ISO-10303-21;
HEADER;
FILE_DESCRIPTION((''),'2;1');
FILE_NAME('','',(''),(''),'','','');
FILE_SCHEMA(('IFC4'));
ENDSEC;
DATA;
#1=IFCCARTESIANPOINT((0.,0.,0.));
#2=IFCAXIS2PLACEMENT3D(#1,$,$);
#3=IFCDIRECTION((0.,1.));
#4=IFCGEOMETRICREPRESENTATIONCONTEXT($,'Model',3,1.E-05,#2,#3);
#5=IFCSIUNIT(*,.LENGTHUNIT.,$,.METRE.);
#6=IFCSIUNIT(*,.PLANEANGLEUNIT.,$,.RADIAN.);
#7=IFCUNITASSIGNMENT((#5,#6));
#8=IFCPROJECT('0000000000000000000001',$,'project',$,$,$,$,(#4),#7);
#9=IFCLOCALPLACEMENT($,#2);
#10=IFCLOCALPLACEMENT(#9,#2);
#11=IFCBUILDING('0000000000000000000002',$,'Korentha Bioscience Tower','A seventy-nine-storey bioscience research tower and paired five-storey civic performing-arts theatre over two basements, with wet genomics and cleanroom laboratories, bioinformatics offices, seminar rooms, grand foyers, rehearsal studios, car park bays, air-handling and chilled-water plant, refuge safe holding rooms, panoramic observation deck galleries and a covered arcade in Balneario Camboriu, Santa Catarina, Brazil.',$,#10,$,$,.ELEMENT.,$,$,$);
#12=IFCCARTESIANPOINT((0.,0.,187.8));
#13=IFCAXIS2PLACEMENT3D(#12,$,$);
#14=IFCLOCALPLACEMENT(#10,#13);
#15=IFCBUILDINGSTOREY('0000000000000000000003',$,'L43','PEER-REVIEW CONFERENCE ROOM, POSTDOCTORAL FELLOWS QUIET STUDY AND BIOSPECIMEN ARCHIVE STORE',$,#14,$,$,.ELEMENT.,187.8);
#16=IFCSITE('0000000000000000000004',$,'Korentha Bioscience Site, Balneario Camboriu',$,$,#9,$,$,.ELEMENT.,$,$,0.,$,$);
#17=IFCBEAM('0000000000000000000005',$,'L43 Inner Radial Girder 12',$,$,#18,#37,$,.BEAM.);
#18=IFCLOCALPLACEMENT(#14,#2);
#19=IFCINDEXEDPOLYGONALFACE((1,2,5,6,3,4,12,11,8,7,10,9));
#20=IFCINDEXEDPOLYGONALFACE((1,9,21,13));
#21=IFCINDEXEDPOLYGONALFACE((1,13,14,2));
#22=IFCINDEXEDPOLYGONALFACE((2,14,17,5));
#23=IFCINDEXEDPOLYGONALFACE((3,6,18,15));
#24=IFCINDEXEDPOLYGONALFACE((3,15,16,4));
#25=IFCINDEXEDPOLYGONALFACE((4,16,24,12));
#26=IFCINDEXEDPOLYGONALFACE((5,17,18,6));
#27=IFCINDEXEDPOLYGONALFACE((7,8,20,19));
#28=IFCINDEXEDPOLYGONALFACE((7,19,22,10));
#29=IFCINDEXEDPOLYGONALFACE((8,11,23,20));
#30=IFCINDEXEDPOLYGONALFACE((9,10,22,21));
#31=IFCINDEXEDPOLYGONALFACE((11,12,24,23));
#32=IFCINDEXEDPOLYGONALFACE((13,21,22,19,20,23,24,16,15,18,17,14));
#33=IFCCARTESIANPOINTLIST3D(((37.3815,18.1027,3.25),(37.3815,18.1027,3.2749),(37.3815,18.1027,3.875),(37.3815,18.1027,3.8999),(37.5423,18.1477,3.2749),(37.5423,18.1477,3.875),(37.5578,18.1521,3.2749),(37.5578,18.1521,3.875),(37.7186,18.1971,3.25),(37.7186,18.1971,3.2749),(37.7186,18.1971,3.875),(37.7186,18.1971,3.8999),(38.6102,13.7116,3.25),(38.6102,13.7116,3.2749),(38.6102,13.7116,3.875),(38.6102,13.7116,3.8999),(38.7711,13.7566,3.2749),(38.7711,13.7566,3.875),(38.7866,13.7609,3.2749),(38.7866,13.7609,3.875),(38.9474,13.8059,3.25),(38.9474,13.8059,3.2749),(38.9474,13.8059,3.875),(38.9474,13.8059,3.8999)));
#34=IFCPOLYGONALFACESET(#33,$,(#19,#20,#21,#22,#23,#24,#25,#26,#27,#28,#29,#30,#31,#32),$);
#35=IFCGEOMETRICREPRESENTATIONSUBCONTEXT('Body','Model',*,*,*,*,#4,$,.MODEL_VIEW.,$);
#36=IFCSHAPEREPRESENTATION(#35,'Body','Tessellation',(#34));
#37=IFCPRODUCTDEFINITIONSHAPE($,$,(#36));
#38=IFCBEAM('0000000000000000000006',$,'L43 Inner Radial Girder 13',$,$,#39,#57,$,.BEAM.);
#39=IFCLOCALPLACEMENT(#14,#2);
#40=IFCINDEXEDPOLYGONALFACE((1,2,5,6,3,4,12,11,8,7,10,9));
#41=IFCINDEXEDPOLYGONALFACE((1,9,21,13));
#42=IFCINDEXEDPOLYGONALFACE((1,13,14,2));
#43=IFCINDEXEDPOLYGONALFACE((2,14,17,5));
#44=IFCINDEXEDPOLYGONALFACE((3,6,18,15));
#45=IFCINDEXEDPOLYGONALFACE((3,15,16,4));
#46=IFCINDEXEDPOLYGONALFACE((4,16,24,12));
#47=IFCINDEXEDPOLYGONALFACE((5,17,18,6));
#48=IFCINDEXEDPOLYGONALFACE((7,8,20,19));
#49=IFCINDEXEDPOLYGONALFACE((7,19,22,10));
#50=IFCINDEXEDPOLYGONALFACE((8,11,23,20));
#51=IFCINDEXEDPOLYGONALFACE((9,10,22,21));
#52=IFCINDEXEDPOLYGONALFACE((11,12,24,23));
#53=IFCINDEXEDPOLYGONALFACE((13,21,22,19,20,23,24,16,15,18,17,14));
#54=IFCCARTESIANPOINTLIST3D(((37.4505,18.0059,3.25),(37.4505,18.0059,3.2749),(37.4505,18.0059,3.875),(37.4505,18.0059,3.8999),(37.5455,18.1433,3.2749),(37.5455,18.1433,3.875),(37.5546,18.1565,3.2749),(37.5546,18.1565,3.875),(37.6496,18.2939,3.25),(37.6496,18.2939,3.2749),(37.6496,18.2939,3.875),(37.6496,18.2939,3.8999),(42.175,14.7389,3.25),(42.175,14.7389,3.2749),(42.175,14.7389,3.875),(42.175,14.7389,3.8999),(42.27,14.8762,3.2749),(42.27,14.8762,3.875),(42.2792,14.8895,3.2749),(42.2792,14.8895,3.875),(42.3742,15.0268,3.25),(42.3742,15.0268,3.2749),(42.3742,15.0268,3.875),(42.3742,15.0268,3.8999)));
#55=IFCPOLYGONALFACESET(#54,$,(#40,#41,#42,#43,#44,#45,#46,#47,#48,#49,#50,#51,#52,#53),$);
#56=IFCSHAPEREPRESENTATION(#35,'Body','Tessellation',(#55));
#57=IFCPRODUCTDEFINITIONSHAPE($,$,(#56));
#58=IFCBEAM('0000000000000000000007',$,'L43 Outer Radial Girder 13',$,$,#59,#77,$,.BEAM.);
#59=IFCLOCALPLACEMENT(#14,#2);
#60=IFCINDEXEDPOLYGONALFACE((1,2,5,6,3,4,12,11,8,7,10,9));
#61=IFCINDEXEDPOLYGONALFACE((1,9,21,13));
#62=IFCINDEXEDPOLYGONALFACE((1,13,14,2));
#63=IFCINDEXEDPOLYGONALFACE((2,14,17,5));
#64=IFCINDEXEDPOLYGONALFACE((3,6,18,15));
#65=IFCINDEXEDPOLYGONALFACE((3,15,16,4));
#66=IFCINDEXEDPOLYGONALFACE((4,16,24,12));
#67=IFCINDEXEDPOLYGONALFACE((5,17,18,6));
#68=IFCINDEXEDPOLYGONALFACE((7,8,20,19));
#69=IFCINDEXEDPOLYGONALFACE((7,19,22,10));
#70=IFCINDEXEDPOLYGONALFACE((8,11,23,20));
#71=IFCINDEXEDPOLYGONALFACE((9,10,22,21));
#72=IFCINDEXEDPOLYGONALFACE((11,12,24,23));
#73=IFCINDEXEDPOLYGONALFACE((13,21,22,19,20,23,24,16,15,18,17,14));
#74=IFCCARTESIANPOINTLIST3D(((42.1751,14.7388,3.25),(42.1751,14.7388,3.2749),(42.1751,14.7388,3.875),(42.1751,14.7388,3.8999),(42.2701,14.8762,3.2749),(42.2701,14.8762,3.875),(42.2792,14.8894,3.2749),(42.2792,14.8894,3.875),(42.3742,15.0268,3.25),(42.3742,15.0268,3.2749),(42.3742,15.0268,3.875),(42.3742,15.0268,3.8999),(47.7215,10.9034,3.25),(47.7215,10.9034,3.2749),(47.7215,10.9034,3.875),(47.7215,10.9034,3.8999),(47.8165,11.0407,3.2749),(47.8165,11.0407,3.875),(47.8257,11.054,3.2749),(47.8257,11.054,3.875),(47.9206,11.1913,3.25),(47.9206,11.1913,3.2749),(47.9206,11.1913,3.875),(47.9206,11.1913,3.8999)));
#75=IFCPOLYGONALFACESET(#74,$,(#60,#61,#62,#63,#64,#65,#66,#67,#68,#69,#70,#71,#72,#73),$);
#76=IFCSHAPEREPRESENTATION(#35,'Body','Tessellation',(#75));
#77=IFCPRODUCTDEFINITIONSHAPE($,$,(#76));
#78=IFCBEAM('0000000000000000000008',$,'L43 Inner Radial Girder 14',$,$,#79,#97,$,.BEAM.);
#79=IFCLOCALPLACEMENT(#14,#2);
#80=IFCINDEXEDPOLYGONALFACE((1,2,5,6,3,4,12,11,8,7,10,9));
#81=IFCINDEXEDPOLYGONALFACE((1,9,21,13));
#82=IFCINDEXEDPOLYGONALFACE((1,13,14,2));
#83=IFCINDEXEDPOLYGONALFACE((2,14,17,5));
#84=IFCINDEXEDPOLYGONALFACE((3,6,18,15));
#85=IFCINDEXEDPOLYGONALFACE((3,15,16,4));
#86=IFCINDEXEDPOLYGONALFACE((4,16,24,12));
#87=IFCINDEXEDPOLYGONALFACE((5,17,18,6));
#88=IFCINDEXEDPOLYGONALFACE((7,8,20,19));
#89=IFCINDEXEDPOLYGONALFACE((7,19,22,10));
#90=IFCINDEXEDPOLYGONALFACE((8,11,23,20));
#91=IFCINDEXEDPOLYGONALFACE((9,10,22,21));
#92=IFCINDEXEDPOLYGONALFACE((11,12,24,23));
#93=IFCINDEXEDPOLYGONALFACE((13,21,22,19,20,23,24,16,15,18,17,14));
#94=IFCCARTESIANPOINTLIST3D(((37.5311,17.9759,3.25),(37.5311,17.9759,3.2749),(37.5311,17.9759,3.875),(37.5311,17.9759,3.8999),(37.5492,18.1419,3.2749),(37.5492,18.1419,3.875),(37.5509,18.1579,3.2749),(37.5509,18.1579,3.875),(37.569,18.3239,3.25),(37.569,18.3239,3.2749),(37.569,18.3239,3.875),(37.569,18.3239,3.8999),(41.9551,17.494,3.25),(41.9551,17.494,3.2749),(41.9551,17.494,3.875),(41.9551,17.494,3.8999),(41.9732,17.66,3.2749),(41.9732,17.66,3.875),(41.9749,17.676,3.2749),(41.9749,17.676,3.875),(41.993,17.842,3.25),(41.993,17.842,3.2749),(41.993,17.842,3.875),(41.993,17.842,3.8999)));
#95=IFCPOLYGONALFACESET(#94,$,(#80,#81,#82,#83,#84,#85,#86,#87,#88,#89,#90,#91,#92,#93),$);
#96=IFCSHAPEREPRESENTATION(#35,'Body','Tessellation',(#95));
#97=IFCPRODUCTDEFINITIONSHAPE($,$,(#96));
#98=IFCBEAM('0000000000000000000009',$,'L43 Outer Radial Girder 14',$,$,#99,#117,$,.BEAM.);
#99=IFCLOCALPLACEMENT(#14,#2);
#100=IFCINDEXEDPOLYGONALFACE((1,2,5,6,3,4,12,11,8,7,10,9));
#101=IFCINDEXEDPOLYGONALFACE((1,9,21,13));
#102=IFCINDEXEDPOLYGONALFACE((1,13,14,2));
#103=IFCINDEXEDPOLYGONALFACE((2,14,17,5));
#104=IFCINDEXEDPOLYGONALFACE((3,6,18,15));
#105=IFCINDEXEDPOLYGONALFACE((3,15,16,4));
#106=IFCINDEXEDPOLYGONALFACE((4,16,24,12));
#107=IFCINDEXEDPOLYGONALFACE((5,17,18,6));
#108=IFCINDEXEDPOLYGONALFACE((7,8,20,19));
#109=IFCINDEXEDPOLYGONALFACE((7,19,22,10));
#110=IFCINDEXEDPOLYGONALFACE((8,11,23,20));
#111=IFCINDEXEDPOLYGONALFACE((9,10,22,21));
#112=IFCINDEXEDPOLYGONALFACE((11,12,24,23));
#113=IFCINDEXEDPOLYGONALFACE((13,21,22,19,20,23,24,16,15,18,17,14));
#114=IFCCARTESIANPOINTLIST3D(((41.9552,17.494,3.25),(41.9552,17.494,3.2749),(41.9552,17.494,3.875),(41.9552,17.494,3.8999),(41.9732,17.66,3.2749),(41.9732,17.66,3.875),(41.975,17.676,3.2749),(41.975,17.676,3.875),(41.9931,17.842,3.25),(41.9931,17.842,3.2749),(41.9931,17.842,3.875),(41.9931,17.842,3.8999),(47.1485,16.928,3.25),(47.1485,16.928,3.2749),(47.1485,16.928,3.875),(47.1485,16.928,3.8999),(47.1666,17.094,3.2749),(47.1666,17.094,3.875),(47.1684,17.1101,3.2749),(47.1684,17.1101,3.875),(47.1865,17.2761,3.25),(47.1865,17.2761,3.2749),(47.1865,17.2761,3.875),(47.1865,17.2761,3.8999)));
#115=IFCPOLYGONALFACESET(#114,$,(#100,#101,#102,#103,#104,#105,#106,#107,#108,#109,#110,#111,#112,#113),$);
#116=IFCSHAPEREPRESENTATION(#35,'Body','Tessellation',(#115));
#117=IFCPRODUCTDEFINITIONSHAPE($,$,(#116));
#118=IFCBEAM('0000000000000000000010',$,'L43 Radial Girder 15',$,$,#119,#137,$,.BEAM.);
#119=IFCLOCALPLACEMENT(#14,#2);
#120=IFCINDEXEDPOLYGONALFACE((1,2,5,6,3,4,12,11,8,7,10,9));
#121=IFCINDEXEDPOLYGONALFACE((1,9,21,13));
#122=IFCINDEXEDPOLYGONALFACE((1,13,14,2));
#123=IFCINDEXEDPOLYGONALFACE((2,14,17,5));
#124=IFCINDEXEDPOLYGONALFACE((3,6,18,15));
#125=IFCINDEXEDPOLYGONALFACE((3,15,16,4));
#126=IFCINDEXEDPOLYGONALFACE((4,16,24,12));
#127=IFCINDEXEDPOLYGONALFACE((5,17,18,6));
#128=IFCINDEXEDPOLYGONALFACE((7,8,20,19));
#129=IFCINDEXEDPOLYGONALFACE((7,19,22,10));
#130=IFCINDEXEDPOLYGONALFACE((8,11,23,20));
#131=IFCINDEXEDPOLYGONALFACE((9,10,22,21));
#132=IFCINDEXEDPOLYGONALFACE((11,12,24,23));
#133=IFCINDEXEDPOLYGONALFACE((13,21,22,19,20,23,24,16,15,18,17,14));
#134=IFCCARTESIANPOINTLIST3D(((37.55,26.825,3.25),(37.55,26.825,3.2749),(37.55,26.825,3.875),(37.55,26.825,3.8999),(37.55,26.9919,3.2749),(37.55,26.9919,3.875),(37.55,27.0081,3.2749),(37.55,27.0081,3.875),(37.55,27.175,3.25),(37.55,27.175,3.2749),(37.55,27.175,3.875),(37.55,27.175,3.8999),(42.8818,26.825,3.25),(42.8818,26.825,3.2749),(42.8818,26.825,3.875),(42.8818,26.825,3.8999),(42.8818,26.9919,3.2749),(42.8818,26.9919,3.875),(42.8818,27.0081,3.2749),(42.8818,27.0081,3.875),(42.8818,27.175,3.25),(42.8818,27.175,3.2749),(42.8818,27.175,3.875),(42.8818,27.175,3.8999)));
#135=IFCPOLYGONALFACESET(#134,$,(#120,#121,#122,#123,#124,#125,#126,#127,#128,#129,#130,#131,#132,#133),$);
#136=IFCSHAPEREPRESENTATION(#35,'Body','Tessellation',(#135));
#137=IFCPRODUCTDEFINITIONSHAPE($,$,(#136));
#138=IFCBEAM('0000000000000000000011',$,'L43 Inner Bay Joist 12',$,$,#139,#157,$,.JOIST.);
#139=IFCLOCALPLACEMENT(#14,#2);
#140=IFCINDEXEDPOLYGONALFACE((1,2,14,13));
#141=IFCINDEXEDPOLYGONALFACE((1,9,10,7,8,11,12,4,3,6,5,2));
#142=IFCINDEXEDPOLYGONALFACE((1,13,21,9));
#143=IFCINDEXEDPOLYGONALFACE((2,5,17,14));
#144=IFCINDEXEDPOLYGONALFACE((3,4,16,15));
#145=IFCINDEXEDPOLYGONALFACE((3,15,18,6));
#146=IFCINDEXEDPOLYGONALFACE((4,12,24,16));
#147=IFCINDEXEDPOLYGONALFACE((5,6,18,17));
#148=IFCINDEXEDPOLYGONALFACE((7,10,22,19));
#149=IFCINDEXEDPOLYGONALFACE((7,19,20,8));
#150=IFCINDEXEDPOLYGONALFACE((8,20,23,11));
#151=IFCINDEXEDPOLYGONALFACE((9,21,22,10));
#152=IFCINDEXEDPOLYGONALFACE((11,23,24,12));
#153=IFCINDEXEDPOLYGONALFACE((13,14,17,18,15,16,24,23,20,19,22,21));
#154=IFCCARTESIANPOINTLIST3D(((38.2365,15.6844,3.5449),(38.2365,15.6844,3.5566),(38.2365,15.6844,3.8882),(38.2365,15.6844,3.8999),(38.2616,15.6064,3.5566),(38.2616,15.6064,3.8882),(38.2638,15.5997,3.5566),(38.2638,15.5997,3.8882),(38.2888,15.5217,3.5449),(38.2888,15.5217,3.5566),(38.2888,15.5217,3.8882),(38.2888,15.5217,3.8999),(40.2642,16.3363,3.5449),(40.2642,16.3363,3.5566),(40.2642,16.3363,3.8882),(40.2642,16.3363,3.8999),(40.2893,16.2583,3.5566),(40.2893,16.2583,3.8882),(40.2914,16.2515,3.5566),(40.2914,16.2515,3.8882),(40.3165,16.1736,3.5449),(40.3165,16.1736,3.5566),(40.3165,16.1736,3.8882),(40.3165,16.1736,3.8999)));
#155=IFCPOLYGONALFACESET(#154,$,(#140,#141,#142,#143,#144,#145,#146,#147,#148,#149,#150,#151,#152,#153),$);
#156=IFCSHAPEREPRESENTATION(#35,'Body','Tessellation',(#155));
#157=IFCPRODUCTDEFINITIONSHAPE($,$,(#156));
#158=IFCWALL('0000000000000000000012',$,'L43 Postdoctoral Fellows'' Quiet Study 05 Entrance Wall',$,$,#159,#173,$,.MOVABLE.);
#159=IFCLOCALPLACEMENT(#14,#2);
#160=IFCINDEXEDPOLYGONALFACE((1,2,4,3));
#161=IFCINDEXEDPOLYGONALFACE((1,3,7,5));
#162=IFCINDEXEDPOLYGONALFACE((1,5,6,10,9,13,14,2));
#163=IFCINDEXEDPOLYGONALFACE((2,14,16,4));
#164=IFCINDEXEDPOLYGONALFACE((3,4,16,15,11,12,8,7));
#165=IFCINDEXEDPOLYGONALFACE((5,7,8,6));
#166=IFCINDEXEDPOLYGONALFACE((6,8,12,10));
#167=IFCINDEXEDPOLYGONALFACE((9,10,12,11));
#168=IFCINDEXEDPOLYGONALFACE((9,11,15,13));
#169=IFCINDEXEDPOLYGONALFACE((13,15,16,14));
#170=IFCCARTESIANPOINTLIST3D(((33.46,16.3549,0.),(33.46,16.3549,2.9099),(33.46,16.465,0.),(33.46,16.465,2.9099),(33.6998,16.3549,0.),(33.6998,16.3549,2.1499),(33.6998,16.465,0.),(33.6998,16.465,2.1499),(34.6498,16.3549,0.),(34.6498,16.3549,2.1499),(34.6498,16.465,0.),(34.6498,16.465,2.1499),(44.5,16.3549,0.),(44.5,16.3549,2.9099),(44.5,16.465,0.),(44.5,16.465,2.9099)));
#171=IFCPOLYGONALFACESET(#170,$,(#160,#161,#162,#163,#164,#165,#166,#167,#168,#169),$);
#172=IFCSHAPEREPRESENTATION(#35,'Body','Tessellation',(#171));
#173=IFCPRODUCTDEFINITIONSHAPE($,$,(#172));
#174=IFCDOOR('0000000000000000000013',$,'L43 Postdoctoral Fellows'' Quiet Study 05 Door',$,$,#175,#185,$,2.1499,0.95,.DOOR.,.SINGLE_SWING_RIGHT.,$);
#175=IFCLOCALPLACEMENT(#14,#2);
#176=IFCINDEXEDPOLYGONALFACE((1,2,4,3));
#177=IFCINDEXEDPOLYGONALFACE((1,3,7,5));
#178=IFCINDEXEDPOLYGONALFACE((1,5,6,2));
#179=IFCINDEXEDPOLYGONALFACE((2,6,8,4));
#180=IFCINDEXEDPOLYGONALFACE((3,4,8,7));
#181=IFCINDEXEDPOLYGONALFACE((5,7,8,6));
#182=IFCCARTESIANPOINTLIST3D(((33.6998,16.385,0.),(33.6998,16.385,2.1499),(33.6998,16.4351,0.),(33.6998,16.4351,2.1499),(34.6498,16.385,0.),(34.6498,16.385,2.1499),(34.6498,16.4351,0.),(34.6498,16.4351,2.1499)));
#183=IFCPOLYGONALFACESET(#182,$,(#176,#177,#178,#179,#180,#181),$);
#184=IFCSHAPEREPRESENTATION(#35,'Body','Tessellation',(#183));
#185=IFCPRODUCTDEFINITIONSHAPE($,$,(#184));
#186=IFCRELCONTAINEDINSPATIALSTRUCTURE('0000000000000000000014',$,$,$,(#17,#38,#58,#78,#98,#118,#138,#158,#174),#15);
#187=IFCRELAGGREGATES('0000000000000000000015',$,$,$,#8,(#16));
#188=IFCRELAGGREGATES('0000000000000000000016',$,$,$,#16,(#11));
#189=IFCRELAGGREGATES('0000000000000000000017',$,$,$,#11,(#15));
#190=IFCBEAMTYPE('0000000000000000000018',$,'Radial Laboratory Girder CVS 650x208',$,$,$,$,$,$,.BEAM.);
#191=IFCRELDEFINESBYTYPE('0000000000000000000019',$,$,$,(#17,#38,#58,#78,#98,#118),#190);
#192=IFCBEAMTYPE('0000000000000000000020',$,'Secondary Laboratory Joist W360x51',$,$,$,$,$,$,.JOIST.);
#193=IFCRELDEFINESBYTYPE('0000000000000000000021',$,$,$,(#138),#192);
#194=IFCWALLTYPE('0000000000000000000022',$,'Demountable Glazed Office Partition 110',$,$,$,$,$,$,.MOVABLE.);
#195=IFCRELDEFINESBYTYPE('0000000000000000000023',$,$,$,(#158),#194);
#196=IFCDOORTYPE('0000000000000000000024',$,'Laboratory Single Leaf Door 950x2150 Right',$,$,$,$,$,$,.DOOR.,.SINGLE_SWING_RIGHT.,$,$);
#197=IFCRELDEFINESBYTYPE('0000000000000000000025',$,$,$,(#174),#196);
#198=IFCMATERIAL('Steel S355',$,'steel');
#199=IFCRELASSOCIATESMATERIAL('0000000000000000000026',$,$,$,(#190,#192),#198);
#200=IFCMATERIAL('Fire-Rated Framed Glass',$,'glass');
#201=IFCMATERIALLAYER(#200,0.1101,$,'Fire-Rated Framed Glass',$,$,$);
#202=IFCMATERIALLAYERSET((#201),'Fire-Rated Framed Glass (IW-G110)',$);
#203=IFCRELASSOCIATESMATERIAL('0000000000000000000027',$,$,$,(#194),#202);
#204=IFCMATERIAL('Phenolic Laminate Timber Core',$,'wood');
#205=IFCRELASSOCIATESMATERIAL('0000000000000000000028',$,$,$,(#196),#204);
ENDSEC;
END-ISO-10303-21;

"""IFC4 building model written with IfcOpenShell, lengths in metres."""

from ifc_helpers import new_model, si_unit, direction, frame, frame_2d, origin, origin_2d, place, context, subcontext, project, spatial, rectangle, i_section, extrude, material, layer, layer_set, material_profile, profile_set, type_object, element, fill, save


model = new_model("IFC4")

# Units and contexts
model_context = context("Model", 3, precision=1e-05, world=origin(), true_north=direction((0.0, 1.0)))
body_context = subcontext(model_context, "Body", "Model", "MODEL_VIEW")
ifc_project = project(units=[si_unit("LENGTHUNIT", "METRE"), si_unit("PLANEANGLEUNIT", "RADIAN")], contexts=[model_context])

# Site, building, storey
site_placement = place(None, origin())
site = spatial("IfcSite", under=ifc_project, at=site_placement, Name="Korentha Bioscience Site, Balneario Camboriu", CompositionType="ELEMENT", RefElevation=0.0)
building_placement = place(site_placement, origin())
building = spatial("IfcBuilding", under=site, at=building_placement, Name="Korentha Bioscience Tower", Description="A seventy-nine-storey bioscience research tower and paired five-storey civic performing-arts theatre over two basements, with wet genomics and cleanroom laboratories, bioinformatics offices, seminar rooms, grand foyers, rehearsal studios, car park bays, air-handling and chilled-water plant, refuge safe holding rooms, panoramic observation deck galleries and a covered arcade in Balneario Camboriu, Santa Catarina, Brazil.", CompositionType="ELEMENT")
storey_placement = place(building_placement, frame((0.0, 0.0, 187.8)))
storey = spatial("IfcBuildingStorey", under=building, at=storey_placement, Name="L43", Description="PEER-REVIEW CONFERENCE ROOM, POSTDOCTORAL FELLOWS QUIET STUDY AND BIOSPECIMEN ARCHIVE STORE", CompositionType="ELEMENT", Elevation=187.8)

# Beams
ifc_material_1 = material(Name="Steel S355", Category="steel")
ifc_material_profile_1 = material_profile(ifc_material_1, i_section(OverallWidth=0.3501, OverallDepth=0.6499, WebThickness=0.0161, FlangeThickness=0.0249, at=origin_2d()), Name="Steel S355")
ifc_profile_set_1 = profile_set([ifc_material_profile_1], Name="Steel S355 (RB-650)")
beam_type_1 = type_object("IfcBeamType", Name="Radial Laboratory Girder CVS 650x208", PredefinedType="BEAM", material=ifc_profile_set_1)
beam_1_placement = place(storey_placement, frame((37.55, 18.1499, 3.575), z_axis=(0.269477, -0.963007, 0.0), x_axis=(0.963007, 0.269477, 0.0)))
element("IfcBeam", 1, at=beam_1_placement, inside=storey, type_object=beam_type_1, Name="L43 Inner Radial Girder 12", PredefinedType="BEAM", context=body_context, shape_type="SweptSolid", body=[
    extrude(i_section(OverallWidth=0.3501, OverallDepth=0.6499, WebThickness=0.0161, FlangeThickness=0.0249, at=origin_2d()), origin(), (0.0, 0.0, 1.0), 4.5598),
])
beam_2_placement = place(storey_placement, frame((37.55, 18.1499, 3.575), z_axis=(0.822501, -0.568763, 0.0), x_axis=(0.568763, 0.822501, 0.0)))
element("IfcBeam", 2, at=beam_2_placement, inside=storey, type_object=beam_type_1, Name="L43 Inner Radial Girder 13", PredefinedType="BEAM", context=body_context, shape_type="SweptSolid", body=[
    extrude(i_section(OverallWidth=0.3501, OverallDepth=0.6499, WebThickness=0.0161, FlangeThickness=0.0249, at=origin_2d()), origin(), (0.0, 0.0, 1.0), 5.7441),
])
beam_3_placement = place(storey_placement, frame((42.2747, 14.8828, 3.575), z_axis=(0.822494, -0.568773, 0.0), x_axis=(0.568773, 0.822494, 0.0)))
element("IfcBeam", 3, at=beam_3_placement, inside=storey, type_object=beam_type_1, Name="L43 Outer Radial Girder 13", PredefinedType="BEAM", context=body_context, shape_type="SweptSolid", body=[
    extrude(i_section(OverallWidth=0.3501, OverallDepth=0.6499, WebThickness=0.0161, FlangeThickness=0.0249, at=origin_2d()), origin(), (0.0, 0.0, 1.0), 6.7434),
])
beam_4_placement = place(storey_placement, frame((37.55, 18.1499, 3.575), z_axis=(0.994119, -0.108294, 0.0), x_axis=(0.108294, 0.994119, 0.0)))
element("IfcBeam", 4, at=beam_4_placement, inside=storey, type_object=beam_type_1, Name="L43 Inner Radial Girder 14", PredefinedType="BEAM", context=body_context, shape_type="SweptSolid", body=[
    extrude(i_section(OverallWidth=0.3501, OverallDepth=0.6499, WebThickness=0.0161, FlangeThickness=0.0249, at=origin_2d()), origin(), (0.0, 0.0, 1.0), 4.4502),
])
beam_5_placement = place(storey_placement, frame((41.9741, 17.668, 3.575), z_axis=(0.994115, -0.108328, 0.0), x_axis=(0.108328, 0.994115, 0.0)))
element("IfcBeam", 5, at=beam_5_placement, inside=storey, type_object=beam_type_1, Name="L43 Outer Radial Girder 14", PredefinedType="BEAM", context=body_context, shape_type="SweptSolid", body=[
    extrude(i_section(OverallWidth=0.3501, OverallDepth=0.6499, WebThickness=0.0161, FlangeThickness=0.0249, at=origin_2d()), origin(), (0.0, 0.0, 1.0), 5.2241),
])
beam_6_placement = place(storey_placement, frame((37.55, 27.0, 3.575), z_axis=(1.0, 0.0, 0.0), x_axis=(0.0, 1.0, 0.0)))
element("IfcBeam", 6, at=beam_6_placement, inside=storey, type_object=beam_type_1, Name="L43 Radial Girder 15", PredefinedType="BEAM", context=body_context, shape_type="SweptSolid", body=[
    extrude(i_section(OverallWidth=0.3501, OverallDepth=0.6499, WebThickness=0.0161, FlangeThickness=0.0249, at=origin_2d()), origin(), (0.0, 0.0, 1.0), 5.3318),
])
ifc_material_profile_2 = material_profile(ifc_material_1, i_section(OverallWidth=0.1709, OverallDepth=0.355, WebThickness=0.0071, FlangeThickness=0.0117, at=origin_2d()), Name="Steel S355")
ifc_profile_set_2 = profile_set([ifc_material_profile_2], Name="Steel S355 (JB-360)")
beam_type_2 = type_object("IfcBeamType", Name="Secondary Laboratory Joist W360x51", PredefinedType="JOIST", material=ifc_profile_set_2)
beam_7_placement = place(storey_placement, frame((38.2627, 15.603, 3.7224), z_axis=(0.952011, 0.306065, 0.0), x_axis=(-0.306065, 0.952011, 0.0)))
element("IfcBeam", 7, at=beam_7_placement, inside=storey, type_object=beam_type_2, Name="L43 Inner Bay Joist 12", PredefinedType="JOIST", context=body_context, shape_type="SweptSolid", body=[
    extrude(i_section(OverallWidth=0.1709, OverallDepth=0.355, WebThickness=0.0071, FlangeThickness=0.0117, at=origin_2d()), origin(), (0.0, 0.0, 1.0), 2.1299),
])

# Wall, opening, door
ifc_material_2 = material(Name="Fire-Rated Framed Glass", Category="glass")
ifc_layer_1 = layer(ifc_material_2, 0.1101, Name="Fire-Rated Framed Glass")
ifc_layer_set_1 = layer_set([ifc_layer_1], Name="Fire-Rated Framed Glass (IW-G110)")
wall_type_1 = type_object("IfcWallType", Name="Demountable Glazed Office Partition 110", PredefinedType="MOVABLE", material=ifc_layer_set_1)
wall_1_placement = place(storey_placement, frame((44.5, 16.4099, 0.0), z_axis=(0.0, 0.0, 1.0), x_axis=(-1.0, 0.0, 0.0)))
wall_1 = element("IfcWall", 8, at=wall_1_placement, inside=storey, type_object=wall_type_1, Name="L43 Postdoctoral Fellows' Quiet Study 05 Entrance Wall", PredefinedType="MOVABLE", context=body_context, shape_type="SweptSolid", body=[
    extrude(rectangle(XDim=11.04, YDim=0.1101, at=frame_2d((5.52, 0.0))), origin(), (0.0, 0.0, 1.0), 2.9099),
])
opening_placement = place(wall_1_placement, frame((9.8501, 0.0, 0.0)))
opening = element("IfcOpeningElement", 9, at=opening_placement, cuts=wall_1, PredefinedType="OPENING", context=body_context, shape_type="SweptSolid", body=[
    extrude(rectangle(XDim=0.95, YDim=2.1499, at=frame_2d((0.4751, 1.075))), frame((0.0, 0.0698, 0.0), z_axis=(0.0, -1.0, 0.0), x_axis=(1.0, 0.0, 0.0)), (0.0, 0.0, 1.0), 0.1399),
])
ifc_material_3 = material(Name="Phenolic Laminate Timber Core", Category="wood")
door_type = type_object("IfcDoorType", Name="Laboratory Single Leaf Door 950x2150 Right", OperationType="SINGLE_SWING_RIGHT", PredefinedType="DOOR", material=ifc_material_3)
door_placement = place(opening_placement, origin())
door = element("IfcDoor", 10, at=door_placement, inside=storey, type_object=door_type, Name="L43 Postdoctoral Fellows' Quiet Study 05 Door", OperationType="SINGLE_SWING_RIGHT", OverallHeight=2.1499, OverallWidth=0.95, PredefinedType="DOOR", context=body_context, shape_type="SweptSolid", body=[
    extrude(rectangle(XDim=0.95, YDim=2.1499, at=frame_2d((0.4751, 1.075))), frame((0.0, 0.0249, 0.0), z_axis=(0.0, -1.0, 0.0), x_axis=(1.0, 0.0, 0.0)), (0.0, 0.0, 1.0), 0.05),
])
fill(opening, door)

save(model, "model.ifc")
